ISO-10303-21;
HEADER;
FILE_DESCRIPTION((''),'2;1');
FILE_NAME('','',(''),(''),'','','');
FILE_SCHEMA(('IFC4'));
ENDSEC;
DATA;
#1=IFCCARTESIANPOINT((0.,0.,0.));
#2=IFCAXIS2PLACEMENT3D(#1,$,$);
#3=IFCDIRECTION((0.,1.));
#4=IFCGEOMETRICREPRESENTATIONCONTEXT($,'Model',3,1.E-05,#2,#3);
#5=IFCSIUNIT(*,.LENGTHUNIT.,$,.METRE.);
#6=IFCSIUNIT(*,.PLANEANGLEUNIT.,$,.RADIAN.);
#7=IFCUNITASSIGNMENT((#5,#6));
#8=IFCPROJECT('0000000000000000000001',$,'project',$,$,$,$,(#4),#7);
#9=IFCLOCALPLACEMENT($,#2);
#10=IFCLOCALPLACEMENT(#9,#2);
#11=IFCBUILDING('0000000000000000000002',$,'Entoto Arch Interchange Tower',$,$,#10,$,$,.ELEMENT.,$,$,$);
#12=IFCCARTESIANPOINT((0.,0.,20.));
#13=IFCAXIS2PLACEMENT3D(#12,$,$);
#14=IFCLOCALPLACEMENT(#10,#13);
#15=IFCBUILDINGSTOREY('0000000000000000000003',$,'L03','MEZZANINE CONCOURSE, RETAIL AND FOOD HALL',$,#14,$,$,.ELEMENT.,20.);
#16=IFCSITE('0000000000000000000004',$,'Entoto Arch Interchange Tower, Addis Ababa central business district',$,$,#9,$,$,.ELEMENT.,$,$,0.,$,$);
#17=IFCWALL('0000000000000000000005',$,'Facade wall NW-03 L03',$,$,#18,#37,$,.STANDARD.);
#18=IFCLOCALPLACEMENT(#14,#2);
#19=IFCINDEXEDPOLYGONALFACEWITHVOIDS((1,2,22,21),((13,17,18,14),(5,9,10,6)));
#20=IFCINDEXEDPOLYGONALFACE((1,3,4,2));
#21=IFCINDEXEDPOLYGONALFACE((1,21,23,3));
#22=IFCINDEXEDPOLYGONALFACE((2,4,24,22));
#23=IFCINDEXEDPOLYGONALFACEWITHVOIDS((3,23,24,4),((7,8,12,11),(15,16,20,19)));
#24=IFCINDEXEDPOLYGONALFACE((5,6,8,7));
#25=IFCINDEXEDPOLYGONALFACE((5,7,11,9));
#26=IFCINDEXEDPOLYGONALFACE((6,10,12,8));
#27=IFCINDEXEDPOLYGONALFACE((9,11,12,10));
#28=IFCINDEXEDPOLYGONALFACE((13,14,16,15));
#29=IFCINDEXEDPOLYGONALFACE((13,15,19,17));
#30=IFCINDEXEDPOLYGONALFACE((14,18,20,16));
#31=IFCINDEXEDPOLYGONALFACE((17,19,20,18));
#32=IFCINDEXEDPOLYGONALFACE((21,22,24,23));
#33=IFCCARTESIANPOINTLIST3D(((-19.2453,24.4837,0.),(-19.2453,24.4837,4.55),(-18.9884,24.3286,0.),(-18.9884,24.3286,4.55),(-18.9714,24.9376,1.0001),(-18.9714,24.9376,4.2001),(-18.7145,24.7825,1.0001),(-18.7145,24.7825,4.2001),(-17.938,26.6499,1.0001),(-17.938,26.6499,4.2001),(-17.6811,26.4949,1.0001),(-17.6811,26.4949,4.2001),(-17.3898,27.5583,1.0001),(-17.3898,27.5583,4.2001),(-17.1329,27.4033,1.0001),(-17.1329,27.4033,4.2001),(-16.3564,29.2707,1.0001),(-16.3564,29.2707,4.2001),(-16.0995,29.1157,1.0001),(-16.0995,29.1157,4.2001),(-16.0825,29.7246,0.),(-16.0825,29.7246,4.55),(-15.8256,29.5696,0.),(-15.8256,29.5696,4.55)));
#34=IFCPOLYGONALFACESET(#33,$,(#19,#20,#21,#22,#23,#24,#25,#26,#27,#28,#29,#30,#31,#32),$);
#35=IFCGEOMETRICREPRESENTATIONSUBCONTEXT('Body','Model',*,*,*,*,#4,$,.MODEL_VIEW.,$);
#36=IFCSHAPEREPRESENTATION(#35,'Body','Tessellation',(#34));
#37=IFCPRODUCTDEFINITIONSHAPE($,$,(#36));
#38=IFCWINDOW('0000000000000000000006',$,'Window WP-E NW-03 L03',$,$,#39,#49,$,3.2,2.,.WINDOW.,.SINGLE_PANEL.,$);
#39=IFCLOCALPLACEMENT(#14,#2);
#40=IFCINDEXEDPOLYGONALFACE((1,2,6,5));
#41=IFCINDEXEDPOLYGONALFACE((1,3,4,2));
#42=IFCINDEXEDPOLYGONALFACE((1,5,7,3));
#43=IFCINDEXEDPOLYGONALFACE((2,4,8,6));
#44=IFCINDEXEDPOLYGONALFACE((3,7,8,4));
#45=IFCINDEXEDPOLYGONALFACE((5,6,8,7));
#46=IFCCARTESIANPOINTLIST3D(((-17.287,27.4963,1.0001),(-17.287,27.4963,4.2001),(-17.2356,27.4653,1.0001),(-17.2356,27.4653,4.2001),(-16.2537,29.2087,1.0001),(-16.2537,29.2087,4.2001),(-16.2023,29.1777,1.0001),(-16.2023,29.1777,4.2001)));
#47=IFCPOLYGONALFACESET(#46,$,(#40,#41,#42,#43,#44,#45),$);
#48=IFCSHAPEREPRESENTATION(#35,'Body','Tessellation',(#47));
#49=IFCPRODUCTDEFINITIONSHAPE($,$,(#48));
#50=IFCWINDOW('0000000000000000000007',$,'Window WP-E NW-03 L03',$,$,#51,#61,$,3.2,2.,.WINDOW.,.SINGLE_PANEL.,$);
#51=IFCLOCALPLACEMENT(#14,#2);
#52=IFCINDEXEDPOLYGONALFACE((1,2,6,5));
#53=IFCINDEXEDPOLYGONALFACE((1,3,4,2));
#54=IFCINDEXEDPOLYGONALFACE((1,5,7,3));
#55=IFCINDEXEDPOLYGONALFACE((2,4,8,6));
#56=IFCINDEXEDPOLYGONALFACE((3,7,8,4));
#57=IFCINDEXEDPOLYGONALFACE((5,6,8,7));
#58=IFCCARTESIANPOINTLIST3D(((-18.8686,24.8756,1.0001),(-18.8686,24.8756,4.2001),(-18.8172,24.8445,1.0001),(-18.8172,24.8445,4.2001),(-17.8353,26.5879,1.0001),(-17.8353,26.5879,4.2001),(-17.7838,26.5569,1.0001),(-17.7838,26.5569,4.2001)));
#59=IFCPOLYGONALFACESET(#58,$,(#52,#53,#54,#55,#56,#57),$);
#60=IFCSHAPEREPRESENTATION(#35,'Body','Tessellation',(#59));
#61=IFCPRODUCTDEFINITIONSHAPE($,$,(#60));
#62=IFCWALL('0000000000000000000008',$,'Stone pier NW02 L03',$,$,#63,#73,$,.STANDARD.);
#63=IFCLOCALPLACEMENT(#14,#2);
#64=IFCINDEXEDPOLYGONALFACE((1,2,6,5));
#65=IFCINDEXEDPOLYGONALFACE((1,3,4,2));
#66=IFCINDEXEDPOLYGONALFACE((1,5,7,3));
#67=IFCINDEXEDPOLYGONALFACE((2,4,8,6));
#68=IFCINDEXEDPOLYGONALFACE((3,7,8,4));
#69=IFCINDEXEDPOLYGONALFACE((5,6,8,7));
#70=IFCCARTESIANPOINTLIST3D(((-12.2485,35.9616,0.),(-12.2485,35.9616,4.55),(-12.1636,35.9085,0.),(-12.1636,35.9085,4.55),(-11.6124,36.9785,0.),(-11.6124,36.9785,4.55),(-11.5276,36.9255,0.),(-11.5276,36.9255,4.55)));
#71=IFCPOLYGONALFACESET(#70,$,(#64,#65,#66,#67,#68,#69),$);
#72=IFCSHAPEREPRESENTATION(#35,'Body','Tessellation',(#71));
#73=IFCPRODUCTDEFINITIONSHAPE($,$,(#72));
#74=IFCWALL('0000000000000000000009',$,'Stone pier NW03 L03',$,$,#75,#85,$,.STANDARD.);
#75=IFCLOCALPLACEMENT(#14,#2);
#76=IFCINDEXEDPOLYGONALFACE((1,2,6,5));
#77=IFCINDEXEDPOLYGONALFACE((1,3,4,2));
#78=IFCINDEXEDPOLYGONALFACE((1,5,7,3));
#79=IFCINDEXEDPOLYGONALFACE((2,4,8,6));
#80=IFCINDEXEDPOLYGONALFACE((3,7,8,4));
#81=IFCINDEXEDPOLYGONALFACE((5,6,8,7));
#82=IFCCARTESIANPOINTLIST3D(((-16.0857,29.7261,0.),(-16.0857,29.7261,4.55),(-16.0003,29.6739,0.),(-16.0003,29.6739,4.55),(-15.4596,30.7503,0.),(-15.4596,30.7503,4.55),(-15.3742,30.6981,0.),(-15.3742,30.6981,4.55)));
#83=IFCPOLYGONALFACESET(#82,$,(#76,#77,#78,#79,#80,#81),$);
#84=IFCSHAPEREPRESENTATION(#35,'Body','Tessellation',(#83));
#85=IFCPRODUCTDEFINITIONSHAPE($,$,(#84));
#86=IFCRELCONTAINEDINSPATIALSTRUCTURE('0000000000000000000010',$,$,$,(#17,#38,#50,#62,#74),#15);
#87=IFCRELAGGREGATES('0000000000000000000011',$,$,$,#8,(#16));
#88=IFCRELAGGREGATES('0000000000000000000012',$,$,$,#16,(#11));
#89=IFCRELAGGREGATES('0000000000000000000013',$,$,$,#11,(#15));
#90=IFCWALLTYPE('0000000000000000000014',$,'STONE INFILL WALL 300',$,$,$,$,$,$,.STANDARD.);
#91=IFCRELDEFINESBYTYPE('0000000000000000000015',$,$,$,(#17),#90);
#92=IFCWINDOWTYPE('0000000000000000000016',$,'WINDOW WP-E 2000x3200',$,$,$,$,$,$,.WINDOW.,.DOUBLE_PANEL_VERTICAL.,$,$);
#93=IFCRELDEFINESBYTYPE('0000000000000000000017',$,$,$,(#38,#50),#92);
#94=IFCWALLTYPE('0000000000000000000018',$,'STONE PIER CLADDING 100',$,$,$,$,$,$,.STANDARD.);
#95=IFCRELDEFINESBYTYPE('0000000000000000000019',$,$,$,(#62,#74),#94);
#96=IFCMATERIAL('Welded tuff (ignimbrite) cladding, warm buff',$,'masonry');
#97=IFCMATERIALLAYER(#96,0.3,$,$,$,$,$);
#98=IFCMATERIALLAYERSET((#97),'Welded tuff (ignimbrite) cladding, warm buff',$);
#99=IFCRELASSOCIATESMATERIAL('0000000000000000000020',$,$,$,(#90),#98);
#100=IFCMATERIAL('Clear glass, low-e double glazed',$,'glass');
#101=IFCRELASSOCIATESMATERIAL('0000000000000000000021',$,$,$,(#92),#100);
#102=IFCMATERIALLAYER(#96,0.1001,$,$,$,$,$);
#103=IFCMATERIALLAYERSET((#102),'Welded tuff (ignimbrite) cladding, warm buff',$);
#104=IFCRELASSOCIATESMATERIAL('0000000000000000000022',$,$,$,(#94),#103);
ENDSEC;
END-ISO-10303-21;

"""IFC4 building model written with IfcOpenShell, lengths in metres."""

from ifc_helpers import new_model, si_unit, direction, frame, frame_2d, origin, place, context, subcontext, project, spatial, rectangle, extrude, material, layer, layer_set, type_object, element, fill, save


model = new_model("IFC4")

# Units and contexts
model_context = context("Model", 3, precision=1e-05, world=origin(), true_north=direction((0.0, 1.0)))
body_context = subcontext(model_context, "Body", "Model", "MODEL_VIEW")
ifc_project = project(units=[si_unit("LENGTHUNIT", "METRE"), si_unit("PLANEANGLEUNIT", "RADIAN")], contexts=[model_context])

# Site, building, storey
site_placement = place(None, origin())
site = spatial("IfcSite", under=ifc_project, at=site_placement, Name="Entoto Arch Interchange Tower, Addis Ababa central business district", CompositionType="ELEMENT", RefElevation=0.0)
building_placement = place(site_placement, origin())
building = spatial("IfcBuilding", under=site, at=building_placement, Name="Entoto Arch Interchange Tower", CompositionType="ELEMENT")
storey_placement = place(building_placement, frame((0.0, 0.0, 20.0)))
storey = spatial("IfcBuildingStorey", under=building, at=storey_placement, Name="L03", Description="MEZZANINE CONCOURSE, RETAIL AND FOOD HALL", CompositionType="ELEMENT", Elevation=20.0)

# Wall, openings, windows
ifc_material_1 = material(Name="Welded tuff (ignimbrite) cladding, warm buff", Category="masonry")
ifc_layer_1 = layer(ifc_material_1, 0.3)
ifc_layer_set_1 = layer_set([ifc_layer_1], Name="Welded tuff (ignimbrite) cladding, warm buff")
wall_type_1 = type_object("IfcWallType", Name="STONE INFILL WALL 300", PredefinedType="STANDARD", material=ifc_layer_set_1)
ifc_material_2 = material(Name="Clear glass, low-e double glazed", Category="glass")
window_type = type_object("IfcWindowType", Name="WINDOW WP-E 2000x3200", PartitioningType="DOUBLE_PANEL_VERTICAL", PredefinedType="WINDOW", material=ifc_material_2)
wall_1_placement = place(storey_placement, frame((-15.9541, 29.647, 0.0), z_axis=(0.0, 0.0, 1.0), x_axis=(-0.516688, -0.856174, 0.0)))
wall_1 = element("IfcWall", 1, at=wall_1_placement, inside=storey, type_object=wall_type_1, Name="Facade wall NW-03 L03", PredefinedType="STANDARD", context=body_context, shape_type="SweptSolid", body=[
    extrude(rectangle(XDim=6.1213, YDim=0.3, at=frame_2d((3.0605, 0.0))), origin(), (0.0, 0.0, 1.0), 4.55),
])
opening_1_placement = place(wall_1_placement, frame((0.53, 0.0, 1.0)))
opening_1 = element("IfcOpeningElement", 2, at=opening_1_placement, cuts=wall_1, PredefinedType="OPENING", context=body_context, shape_type="SweptSolid", body=[
    extrude(rectangle(XDim=2.0, YDim=3.2, at=frame_2d((1.0, 1.6001))), frame((0.0, 0.1602, 0.0), z_axis=(0.0, -1.0, 0.0), x_axis=(1.0, 0.0, 0.0)), (0.0, 0.0, 1.0), 0.3201),
])
opening_2_placement = place(wall_1_placement, frame((3.5911, 0.0, 1.0)))
opening_2 = element("IfcOpeningElement", 3, at=opening_2_placement, cuts=wall_1, PredefinedType="OPENING", context=body_context, shape_type="SweptSolid", body=[
    extrude(rectangle(XDim=2.0, YDim=3.2, at=frame_2d((1.0, 1.6001))), frame((0.0, 0.1602, 0.0), z_axis=(0.0, -1.0, 0.0), x_axis=(1.0, 0.0, 0.0)), (0.0, 0.0, 1.0), 0.3201),
])
window_1_placement = place(opening_1_placement, origin())
window_1 = element("IfcWindow", 4, at=window_1_placement, inside=storey, type_object=window_type, Name="Window WP-E NW-03 L03", OverallHeight=3.2, OverallWidth=2.0, PartitioningType="SINGLE_PANEL", PredefinedType="WINDOW", context=body_context, shape_type="SweptSolid", body=[
    extrude(rectangle(XDim=2.0, YDim=3.2, at=frame_2d((1.0, 1.6001))), frame((0.0, 0.03, 0.0), z_axis=(0.0, -1.0, 0.0), x_axis=(1.0, 0.0, 0.0)), (0.0, 0.0, 1.0), 0.0601),
])
fill(opening_1, window_1)
window_2_placement = place(opening_2_placement, origin())
window_2 = element("IfcWindow", 5, at=window_2_placement, inside=storey, type_object=window_type, Name="Window WP-E NW-03 L03", OverallHeight=3.2, OverallWidth=2.0, PartitioningType="SINGLE_PANEL", PredefinedType="WINDOW", context=body_context, shape_type="SweptSolid", body=[
    extrude(rectangle(XDim=2.0, YDim=3.2, at=frame_2d((1.0, 1.6001))), frame((0.0, 0.03, 0.0), z_axis=(0.0, -1.0, 0.0), x_axis=(1.0, 0.0, 0.0)), (0.0, 0.0, 1.0), 0.0601),
])
fill(opening_2, window_2)

# Walls
ifc_layer_2 = layer(ifc_material_1, 0.1001)
ifc_layer_set_2 = layer_set([ifc_layer_2], Name="Welded tuff (ignimbrite) cladding, warm buff")
wall_type_2 = type_object("IfcWallType", Name="STONE PIER CLADDING 100", PredefinedType="STANDARD", material=ifc_layer_set_2)
wall_2_placement = place(storey_placement, frame((-11.5701, 36.9519, 0.0), z_axis=(0.0, 0.0, 1.0), x_axis=(-0.530273, -0.847827, 0.0)))
element("IfcWall", 6, at=wall_2_placement, inside=storey, type_object=wall_type_2, Name="Stone pier NW02 L03", PredefinedType="STANDARD", context=body_context, shape_type="SweptSolid", body=[
    extrude(rectangle(XDim=1.1995, YDim=0.1001, at=frame_2d((0.5996, 0.0))), origin(), (0.0, 0.0, 1.0), 4.55),
])
wall_3_placement = place(storey_placement, frame((-15.417, 30.7241, 0.0), z_axis=(0.0, 0.0, 1.0), x_axis=(-0.521508, -0.853247, 0.0)))
element("IfcWall", 7, at=wall_3_placement, inside=storey, type_object=wall_type_2, Name="Stone pier NW03 L03", PredefinedType="STANDARD", context=body_context, shape_type="SweptSolid", body=[
    extrude(rectangle(XDim=1.2004, YDim=0.1001, at=frame_2d((0.6001, 0.0))), origin(), (0.0, 0.0, 1.0), 4.55),
])

save(model, "model.ifc")
